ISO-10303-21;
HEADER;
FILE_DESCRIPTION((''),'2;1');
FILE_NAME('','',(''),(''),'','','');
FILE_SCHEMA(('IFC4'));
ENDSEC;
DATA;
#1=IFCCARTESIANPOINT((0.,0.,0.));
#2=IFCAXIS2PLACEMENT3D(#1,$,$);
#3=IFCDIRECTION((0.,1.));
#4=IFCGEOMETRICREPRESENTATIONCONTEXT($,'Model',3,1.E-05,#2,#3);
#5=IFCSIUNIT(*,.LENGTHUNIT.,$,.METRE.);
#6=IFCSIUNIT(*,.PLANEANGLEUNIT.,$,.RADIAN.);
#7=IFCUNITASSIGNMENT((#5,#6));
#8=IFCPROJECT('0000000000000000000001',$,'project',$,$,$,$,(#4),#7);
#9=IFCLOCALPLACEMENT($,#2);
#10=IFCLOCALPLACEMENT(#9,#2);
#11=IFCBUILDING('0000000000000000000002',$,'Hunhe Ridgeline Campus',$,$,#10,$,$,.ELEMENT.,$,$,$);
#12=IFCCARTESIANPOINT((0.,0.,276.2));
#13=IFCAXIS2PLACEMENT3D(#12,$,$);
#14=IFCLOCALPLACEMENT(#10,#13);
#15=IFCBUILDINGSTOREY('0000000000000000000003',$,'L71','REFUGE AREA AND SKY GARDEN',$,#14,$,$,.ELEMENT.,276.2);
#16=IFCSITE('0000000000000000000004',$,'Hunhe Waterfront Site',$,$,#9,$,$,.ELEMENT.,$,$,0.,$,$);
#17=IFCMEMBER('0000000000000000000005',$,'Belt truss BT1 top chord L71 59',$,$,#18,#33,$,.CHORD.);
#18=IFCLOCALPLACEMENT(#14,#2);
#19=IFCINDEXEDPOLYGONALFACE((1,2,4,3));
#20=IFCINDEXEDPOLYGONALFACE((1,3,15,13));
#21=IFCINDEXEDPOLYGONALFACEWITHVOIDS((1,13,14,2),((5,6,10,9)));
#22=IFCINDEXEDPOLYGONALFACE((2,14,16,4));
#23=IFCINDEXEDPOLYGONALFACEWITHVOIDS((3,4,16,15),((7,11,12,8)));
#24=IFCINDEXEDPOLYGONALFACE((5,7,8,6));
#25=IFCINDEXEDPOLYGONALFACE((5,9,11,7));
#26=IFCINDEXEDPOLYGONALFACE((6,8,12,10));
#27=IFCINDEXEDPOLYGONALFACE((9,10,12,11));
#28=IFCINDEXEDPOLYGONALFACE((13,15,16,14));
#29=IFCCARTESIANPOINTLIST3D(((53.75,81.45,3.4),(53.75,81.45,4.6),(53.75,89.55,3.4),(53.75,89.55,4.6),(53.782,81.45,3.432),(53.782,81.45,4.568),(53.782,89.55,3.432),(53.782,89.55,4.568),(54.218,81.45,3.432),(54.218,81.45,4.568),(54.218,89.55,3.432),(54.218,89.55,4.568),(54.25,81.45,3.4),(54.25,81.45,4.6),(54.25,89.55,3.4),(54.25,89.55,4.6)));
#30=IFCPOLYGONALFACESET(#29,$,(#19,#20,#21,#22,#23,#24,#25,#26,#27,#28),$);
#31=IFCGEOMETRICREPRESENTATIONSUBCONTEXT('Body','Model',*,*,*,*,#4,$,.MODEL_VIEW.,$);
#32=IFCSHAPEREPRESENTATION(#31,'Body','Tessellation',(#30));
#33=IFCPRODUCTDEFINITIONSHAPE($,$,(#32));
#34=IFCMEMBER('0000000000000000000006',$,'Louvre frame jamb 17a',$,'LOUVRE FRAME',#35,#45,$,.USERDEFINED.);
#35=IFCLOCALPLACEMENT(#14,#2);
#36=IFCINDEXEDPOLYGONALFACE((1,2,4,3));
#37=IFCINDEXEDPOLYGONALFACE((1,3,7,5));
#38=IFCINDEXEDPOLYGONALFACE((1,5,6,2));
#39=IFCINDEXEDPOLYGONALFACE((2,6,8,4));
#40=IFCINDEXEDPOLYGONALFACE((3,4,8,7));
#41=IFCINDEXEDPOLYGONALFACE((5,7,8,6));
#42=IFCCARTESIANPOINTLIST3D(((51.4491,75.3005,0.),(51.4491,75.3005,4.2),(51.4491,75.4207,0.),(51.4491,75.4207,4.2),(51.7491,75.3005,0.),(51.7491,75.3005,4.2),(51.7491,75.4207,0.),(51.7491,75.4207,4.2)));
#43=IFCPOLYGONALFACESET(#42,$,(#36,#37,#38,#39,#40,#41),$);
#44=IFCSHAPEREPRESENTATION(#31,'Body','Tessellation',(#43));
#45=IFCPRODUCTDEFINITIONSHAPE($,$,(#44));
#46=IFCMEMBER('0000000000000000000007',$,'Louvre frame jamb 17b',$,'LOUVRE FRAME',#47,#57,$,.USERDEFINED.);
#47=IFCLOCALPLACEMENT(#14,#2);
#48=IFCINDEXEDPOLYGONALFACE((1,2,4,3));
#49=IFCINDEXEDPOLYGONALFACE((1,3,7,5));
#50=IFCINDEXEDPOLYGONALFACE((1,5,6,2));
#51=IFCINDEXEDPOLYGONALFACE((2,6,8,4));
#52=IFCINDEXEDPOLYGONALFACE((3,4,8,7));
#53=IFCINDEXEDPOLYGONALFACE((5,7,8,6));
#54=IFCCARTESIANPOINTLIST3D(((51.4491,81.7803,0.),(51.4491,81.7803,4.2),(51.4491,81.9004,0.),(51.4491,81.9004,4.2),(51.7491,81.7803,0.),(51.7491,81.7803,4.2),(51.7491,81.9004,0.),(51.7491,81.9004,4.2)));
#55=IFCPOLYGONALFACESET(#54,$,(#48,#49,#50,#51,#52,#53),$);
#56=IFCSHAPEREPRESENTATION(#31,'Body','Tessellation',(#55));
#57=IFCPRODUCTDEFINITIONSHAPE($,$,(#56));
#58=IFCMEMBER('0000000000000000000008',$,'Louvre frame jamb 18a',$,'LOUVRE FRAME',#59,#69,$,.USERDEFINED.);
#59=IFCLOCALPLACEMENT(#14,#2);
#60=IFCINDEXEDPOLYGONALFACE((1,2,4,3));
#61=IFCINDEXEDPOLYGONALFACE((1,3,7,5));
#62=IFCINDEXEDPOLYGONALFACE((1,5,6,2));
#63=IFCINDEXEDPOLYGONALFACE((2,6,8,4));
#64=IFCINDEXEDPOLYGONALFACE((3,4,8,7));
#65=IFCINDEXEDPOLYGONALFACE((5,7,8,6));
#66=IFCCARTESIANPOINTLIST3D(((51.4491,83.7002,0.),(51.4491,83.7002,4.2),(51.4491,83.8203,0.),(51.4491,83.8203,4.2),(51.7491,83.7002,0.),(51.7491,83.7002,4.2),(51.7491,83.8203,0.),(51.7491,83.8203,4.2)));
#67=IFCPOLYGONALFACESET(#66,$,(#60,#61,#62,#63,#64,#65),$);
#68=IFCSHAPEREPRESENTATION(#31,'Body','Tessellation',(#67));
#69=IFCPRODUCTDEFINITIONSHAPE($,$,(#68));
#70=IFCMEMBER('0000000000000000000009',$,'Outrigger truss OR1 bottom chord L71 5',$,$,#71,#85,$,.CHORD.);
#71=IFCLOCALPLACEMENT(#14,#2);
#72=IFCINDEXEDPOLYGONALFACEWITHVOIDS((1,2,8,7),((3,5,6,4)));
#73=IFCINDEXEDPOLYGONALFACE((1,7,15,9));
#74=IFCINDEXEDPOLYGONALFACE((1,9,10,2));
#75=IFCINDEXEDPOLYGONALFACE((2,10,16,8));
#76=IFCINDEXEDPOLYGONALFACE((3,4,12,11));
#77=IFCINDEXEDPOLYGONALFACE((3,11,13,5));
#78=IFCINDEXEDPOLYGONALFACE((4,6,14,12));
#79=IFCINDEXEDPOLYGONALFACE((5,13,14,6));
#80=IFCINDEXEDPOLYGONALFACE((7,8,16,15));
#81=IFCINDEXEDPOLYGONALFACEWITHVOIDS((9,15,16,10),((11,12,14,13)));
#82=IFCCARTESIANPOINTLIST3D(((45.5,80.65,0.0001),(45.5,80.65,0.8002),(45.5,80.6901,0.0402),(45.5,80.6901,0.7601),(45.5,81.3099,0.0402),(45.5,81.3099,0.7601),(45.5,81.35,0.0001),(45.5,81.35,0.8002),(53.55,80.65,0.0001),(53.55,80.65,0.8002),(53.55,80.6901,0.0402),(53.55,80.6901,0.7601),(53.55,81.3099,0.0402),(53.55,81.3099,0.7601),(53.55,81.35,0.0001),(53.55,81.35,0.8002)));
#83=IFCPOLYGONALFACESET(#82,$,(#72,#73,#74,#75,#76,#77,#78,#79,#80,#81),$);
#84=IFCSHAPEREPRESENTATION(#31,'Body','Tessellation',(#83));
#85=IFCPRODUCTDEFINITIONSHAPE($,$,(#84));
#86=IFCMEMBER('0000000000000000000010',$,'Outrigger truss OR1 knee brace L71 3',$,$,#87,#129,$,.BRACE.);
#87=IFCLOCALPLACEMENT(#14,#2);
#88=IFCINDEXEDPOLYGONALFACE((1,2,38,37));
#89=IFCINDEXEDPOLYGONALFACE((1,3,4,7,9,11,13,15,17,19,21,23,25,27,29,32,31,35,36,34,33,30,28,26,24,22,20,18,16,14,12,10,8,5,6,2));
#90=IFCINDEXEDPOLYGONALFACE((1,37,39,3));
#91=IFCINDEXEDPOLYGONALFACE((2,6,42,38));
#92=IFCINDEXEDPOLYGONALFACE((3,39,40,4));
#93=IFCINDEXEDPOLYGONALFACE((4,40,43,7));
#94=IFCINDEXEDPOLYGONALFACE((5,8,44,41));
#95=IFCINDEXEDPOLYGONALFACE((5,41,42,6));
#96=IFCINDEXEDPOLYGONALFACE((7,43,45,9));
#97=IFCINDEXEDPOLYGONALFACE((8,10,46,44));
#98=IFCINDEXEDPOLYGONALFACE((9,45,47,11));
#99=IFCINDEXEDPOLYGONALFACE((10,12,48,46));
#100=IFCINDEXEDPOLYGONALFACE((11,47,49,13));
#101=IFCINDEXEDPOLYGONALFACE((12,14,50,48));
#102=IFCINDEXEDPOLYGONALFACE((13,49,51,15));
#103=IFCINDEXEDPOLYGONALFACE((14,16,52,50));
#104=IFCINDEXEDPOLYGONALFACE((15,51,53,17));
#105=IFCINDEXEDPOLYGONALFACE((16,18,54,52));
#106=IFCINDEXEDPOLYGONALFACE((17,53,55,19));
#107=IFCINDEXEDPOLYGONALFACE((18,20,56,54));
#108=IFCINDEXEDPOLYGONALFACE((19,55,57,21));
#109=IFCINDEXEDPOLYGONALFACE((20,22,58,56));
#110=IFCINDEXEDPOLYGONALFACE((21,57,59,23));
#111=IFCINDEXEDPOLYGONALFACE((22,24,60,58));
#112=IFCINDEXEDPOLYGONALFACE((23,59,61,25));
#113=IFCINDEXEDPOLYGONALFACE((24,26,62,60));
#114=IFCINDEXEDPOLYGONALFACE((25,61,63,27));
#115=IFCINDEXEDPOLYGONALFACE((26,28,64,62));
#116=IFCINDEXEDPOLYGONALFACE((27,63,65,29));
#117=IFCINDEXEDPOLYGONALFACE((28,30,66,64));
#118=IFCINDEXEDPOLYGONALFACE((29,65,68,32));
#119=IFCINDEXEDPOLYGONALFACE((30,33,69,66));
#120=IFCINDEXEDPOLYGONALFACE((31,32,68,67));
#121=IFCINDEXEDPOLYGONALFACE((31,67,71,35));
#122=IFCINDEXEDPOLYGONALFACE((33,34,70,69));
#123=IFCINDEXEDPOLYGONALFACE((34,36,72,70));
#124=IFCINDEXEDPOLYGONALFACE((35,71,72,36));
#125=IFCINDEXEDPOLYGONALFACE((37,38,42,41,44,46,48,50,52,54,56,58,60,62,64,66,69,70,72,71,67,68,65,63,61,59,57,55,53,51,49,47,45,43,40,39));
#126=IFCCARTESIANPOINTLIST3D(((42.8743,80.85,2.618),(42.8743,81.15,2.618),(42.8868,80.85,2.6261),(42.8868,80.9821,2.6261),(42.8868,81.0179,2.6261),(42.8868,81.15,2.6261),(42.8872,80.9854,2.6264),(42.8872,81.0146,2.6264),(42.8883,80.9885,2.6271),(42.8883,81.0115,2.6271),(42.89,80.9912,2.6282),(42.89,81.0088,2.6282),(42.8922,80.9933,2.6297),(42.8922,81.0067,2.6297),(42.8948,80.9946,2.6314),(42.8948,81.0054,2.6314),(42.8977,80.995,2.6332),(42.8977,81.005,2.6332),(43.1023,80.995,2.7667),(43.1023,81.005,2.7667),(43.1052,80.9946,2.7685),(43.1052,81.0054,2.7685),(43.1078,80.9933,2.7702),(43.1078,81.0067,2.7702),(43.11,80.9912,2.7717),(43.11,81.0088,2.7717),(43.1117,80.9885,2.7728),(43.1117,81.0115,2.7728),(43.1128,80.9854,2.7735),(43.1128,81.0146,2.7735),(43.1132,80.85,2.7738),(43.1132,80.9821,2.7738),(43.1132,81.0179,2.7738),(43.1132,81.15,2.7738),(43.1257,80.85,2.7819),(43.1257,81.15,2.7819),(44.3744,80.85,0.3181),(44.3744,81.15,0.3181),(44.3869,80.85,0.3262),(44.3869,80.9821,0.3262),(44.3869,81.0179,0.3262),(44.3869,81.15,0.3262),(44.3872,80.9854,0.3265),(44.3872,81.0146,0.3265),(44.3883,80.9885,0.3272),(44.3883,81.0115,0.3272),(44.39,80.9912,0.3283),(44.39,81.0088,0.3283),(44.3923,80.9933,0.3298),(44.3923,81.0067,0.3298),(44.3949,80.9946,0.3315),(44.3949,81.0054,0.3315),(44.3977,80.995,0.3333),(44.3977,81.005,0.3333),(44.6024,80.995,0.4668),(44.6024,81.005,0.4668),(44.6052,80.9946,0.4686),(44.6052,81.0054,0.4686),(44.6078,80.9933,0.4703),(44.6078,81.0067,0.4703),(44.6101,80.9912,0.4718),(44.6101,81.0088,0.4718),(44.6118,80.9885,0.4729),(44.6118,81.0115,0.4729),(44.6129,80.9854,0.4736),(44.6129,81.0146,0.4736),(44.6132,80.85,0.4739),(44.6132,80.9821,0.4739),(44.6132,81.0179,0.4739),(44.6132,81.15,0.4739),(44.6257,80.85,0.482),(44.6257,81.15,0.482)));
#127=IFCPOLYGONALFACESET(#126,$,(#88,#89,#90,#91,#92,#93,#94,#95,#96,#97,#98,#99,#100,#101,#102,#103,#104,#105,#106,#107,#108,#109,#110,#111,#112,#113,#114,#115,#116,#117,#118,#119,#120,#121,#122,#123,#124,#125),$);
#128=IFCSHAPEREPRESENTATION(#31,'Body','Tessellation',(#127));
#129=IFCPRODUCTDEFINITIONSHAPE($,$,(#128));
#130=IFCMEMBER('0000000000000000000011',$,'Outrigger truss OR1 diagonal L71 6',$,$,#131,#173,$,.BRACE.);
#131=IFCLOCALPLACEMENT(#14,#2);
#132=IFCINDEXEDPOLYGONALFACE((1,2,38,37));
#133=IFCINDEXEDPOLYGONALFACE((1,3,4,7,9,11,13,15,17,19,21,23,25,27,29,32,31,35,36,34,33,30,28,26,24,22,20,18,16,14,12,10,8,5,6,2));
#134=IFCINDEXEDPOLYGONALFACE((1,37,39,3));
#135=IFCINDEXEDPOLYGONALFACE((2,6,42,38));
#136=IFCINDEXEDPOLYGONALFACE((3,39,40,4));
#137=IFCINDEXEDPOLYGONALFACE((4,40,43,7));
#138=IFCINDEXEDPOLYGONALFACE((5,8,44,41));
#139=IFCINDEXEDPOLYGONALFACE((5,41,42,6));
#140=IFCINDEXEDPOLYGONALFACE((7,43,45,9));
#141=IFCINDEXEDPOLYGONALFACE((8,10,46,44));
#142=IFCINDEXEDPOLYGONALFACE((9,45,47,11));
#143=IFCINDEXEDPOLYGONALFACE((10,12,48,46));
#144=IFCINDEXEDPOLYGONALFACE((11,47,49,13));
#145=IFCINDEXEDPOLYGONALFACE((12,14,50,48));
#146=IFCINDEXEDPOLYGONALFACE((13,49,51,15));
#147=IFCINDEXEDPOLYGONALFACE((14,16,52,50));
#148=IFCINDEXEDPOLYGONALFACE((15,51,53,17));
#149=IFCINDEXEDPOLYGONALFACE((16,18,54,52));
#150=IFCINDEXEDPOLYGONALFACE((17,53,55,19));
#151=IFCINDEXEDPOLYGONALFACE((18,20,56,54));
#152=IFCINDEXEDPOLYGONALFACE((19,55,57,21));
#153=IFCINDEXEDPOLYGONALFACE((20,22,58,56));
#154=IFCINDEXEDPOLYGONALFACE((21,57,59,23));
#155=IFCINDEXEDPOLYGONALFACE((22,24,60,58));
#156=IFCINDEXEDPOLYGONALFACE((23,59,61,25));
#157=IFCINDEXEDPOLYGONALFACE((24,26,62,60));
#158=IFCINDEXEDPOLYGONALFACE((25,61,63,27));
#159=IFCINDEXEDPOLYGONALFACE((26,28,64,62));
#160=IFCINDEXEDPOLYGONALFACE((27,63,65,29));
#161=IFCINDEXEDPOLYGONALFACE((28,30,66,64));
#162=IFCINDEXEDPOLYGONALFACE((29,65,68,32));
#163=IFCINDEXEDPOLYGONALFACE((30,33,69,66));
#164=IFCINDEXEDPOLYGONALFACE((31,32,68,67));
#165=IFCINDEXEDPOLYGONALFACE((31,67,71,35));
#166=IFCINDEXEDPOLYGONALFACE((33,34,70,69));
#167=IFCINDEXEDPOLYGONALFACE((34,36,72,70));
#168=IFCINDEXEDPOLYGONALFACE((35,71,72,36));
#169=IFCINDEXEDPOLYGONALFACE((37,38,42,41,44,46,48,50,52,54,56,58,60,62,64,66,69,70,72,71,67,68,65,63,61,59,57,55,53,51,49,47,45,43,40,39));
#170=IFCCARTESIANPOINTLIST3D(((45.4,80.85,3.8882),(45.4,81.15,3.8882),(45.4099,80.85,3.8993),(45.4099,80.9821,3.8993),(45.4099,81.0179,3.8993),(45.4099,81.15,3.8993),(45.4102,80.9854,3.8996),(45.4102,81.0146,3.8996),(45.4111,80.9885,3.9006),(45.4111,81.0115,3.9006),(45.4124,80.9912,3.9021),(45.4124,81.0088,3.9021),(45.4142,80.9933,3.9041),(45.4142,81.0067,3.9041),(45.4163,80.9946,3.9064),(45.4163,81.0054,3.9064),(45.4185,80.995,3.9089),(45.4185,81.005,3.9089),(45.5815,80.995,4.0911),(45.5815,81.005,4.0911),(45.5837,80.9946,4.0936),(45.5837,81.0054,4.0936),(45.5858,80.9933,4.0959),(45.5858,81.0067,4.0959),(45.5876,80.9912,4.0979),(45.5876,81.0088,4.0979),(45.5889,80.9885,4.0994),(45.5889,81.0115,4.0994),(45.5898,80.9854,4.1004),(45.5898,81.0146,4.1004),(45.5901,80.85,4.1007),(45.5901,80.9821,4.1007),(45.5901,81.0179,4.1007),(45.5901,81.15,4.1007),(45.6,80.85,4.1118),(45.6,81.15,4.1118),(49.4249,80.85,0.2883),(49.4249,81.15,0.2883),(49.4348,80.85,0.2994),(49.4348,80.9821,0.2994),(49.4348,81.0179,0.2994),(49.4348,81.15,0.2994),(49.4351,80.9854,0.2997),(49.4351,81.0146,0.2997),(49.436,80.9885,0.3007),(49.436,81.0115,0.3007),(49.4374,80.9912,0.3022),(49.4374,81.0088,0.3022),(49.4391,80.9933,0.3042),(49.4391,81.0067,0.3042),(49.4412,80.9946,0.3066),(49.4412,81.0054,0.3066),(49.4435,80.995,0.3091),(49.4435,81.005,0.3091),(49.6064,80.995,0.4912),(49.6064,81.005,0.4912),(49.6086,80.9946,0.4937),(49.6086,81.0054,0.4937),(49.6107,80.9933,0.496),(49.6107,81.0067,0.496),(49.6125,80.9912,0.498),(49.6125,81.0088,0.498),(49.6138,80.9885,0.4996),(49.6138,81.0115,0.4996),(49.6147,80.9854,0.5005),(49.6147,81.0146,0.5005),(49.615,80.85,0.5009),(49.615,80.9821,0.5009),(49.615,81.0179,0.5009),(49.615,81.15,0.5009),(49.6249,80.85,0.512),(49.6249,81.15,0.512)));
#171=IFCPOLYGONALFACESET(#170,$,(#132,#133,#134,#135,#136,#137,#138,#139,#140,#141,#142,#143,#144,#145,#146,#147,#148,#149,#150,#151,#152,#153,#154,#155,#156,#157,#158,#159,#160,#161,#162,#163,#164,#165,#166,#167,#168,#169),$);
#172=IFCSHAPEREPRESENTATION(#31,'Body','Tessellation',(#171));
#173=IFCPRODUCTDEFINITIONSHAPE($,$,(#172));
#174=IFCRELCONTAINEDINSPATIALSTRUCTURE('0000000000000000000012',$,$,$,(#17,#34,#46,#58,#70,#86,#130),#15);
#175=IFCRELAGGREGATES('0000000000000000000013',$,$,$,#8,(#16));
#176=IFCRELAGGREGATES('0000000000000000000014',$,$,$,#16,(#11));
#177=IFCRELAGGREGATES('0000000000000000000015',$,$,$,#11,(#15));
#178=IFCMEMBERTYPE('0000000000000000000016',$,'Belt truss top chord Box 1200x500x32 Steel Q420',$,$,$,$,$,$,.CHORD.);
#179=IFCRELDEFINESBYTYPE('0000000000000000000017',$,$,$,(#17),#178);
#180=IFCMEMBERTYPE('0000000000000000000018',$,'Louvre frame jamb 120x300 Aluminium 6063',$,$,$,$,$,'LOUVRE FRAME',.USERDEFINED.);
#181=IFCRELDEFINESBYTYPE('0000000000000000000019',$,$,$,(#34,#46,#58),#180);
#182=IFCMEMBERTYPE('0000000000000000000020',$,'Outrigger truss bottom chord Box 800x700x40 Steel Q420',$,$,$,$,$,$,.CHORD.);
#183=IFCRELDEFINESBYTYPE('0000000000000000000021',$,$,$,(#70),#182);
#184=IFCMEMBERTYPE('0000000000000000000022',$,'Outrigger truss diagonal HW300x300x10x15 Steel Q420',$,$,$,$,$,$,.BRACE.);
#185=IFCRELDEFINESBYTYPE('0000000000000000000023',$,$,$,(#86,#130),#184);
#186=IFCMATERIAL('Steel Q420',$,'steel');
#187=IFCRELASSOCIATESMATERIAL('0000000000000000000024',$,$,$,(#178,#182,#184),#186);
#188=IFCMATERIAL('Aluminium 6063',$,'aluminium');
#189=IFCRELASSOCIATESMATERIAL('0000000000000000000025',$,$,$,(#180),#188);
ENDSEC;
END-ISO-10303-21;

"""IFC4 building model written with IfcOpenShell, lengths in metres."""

from ifc_helpers import new_model, si_unit, direction, frame, origin, origin_2d, place, context, subcontext, project, spatial, rectangle, hollow_rectangle, i_section, extrude, material, material_profile, profile_set, type_object, element, save


model = new_model("IFC4")

# Units and contexts
model_context = context("Model", 3, precision=1e-05, world=origin(), true_north=direction((0.0, 1.0)))
body_context = subcontext(model_context, "Body", "Model", "MODEL_VIEW")
ifc_project = project(units=[si_unit("LENGTHUNIT", "METRE"), si_unit("PLANEANGLEUNIT", "RADIAN")], contexts=[model_context])

# Site, building, storey
site_placement = place(None, origin())
site = spatial("IfcSite", under=ifc_project, at=site_placement, Name="Hunhe Waterfront Site", CompositionType="ELEMENT", RefElevation=0.0)
building_placement = place(site_placement, origin())
building = spatial("IfcBuilding", under=site, at=building_placement, Name="Hunhe Ridgeline Campus", CompositionType="ELEMENT")
storey_placement = place(building_placement, frame((0.0, 0.0, 276.2)))
storey = spatial("IfcBuildingStorey", under=building, at=storey_placement, Name="L71", Description="REFUGE AREA AND SKY GARDEN", CompositionType="ELEMENT", Elevation=276.2)

# Members
ifc_material_1 = material(Name="Steel Q420", Category="steel")
ifc_material_profile_1 = material_profile(ifc_material_1, hollow_rectangle(XDim=0.5, YDim=1.2, WallThickness=0.032, at=origin_2d()))
ifc_profile_set_1 = profile_set([ifc_material_profile_1], Name="Steel Q420")
member_type_1 = type_object("IfcMemberType", Name="Belt truss top chord Box 1200x500x32 Steel Q420", PredefinedType="CHORD", material=ifc_profile_set_1)
member_1_placement = place(storey_placement, frame((54.0, 81.45, 4.0), z_axis=(0.0, 1.0, 0.0), x_axis=(-1.0, 0.0, 0.0)))
element("IfcMember", 1, at=member_1_placement, inside=storey, type_object=member_type_1, Name="Belt truss BT1 top chord L71 59", PredefinedType="CHORD", context=body_context, shape_type="SweptSolid", body=[
    extrude(hollow_rectangle(XDim=0.5, YDim=1.2, WallThickness=0.032, at=origin_2d()), origin(), (0.0, 0.0, 1.0), 8.1001),
])
ifc_material_2 = material(Name="Aluminium 6063", Category="aluminium")
ifc_material_profile_2 = material_profile(ifc_material_2, rectangle(XDim=0.3, YDim=0.1201, at=origin_2d()))
ifc_profile_set_2 = profile_set([ifc_material_profile_2], Name="Aluminium 6063")
member_type_2 = type_object("IfcMemberType", Name="Louvre frame jamb 120x300 Aluminium 6063", ElementType="LOUVRE FRAME", PredefinedType="USERDEFINED", material=ifc_profile_set_2)
for number, where, z_axis, x_axis, name in (
    (2, (51.5991, 75.3606, 0.0), (0.0, 0.0, 1.0), (-1.0, 0.0, 0.0), "Louvre frame jamb 17a"),
    (3, (51.5991, 81.8403, 0.0), (0.0, 0.0, 1.0), (-1.0, 0.0, 0.0), "Louvre frame jamb 17b"),
    (4, (51.5991, 83.7603, 0.0), (0.0, 0.0, 1.0), (-1.0, 0.0, 0.0), "Louvre frame jamb 18a"),
):
    element("IfcMember", number, at=place(storey_placement, frame(where, z_axis=z_axis, x_axis=x_axis)), inside=storey, type_object=member_type_2, Name=name, ObjectType="LOUVRE FRAME", PredefinedType="USERDEFINED", context=body_context, shape_type="SweptSolid", body=[
        extrude(rectangle(XDim=0.3, YDim=0.1201, at=origin_2d()), origin(), (0.0, 0.0, 1.0), 4.2),
    ])
ifc_material_profile_3 = material_profile(ifc_material_1, hollow_rectangle(XDim=0.7, YDim=0.8, WallThickness=0.04, at=origin_2d()))
ifc_profile_set_3 = profile_set([ifc_material_profile_3], Name="Steel Q420")
member_type_3 = type_object("IfcMemberType", Name="Outrigger truss bottom chord Box 800x700x40 Steel Q420", PredefinedType="CHORD", material=ifc_profile_set_3)
member_2_placement = place(storey_placement, frame((45.5, 81.0, 0.4001), z_axis=(1.0, 0.0, 0.0), x_axis=(0.0, 1.0, 0.0)))
element("IfcMember", 5, at=member_2_placement, inside=storey, type_object=member_type_3, Name="Outrigger truss OR1 bottom chord L71 5", PredefinedType="CHORD", context=body_context, shape_type="SweptSolid", body=[
    extrude(hollow_rectangle(XDim=0.7, YDim=0.8, WallThickness=0.04, at=origin_2d()), origin(), (0.0, 0.0, 1.0), 8.05),
])
ifc_material_profile_4 = material_profile(ifc_material_1, i_section(OverallWidth=0.3, OverallDepth=0.3, WebThickness=0.01, FlangeThickness=0.0149, FilletRadius=0.0129, at=origin_2d()))
ifc_profile_set_4 = profile_set([ifc_material_profile_4], Name="Steel Q420")
member_type_4 = type_object("IfcMemberType", Name="Outrigger truss diagonal HW300x300x10x15 Steel Q420", PredefinedType="BRACE", material=ifc_profile_set_4)
member_3_placement = place(storey_placement, frame((43.0, 81.0, 2.7), z_axis=(0.5463, 0.0, -0.837589), x_axis=(0.0, 1.0, 0.0)))
element("IfcMember", 6, at=member_3_placement, inside=storey, type_object=member_type_4, Name="Outrigger truss OR1 knee brace L71 3", PredefinedType="BRACE", context=body_context, shape_type="SweptSolid", body=[
    extrude(i_section(OverallWidth=0.3, OverallDepth=0.3, WebThickness=0.01, FlangeThickness=0.0149, FilletRadius=0.0129, at=origin_2d()), origin(), (0.0, 0.0, 1.0), 2.7458),
])
member_4_placement = place(storey_placement, frame((45.5, 81.0, 4.0), z_axis=(0.745368, 0.0, -0.666653), x_axis=(0.0, 1.0, 0.0)))
element("IfcMember", 7, at=member_4_placement, inside=storey, type_object=member_type_4, Name="Outrigger truss OR1 diagonal L71 6", PredefinedType="BRACE", context=body_context, shape_type="SweptSolid", body=[
    extrude(i_section(OverallWidth=0.3, OverallDepth=0.3, WebThickness=0.01, FlangeThickness=0.0149, FilletRadius=0.0129, at=origin_2d()), origin(), (0.0, 0.0, 1.0), 5.3999),
])

save(model, "model.ifc")
